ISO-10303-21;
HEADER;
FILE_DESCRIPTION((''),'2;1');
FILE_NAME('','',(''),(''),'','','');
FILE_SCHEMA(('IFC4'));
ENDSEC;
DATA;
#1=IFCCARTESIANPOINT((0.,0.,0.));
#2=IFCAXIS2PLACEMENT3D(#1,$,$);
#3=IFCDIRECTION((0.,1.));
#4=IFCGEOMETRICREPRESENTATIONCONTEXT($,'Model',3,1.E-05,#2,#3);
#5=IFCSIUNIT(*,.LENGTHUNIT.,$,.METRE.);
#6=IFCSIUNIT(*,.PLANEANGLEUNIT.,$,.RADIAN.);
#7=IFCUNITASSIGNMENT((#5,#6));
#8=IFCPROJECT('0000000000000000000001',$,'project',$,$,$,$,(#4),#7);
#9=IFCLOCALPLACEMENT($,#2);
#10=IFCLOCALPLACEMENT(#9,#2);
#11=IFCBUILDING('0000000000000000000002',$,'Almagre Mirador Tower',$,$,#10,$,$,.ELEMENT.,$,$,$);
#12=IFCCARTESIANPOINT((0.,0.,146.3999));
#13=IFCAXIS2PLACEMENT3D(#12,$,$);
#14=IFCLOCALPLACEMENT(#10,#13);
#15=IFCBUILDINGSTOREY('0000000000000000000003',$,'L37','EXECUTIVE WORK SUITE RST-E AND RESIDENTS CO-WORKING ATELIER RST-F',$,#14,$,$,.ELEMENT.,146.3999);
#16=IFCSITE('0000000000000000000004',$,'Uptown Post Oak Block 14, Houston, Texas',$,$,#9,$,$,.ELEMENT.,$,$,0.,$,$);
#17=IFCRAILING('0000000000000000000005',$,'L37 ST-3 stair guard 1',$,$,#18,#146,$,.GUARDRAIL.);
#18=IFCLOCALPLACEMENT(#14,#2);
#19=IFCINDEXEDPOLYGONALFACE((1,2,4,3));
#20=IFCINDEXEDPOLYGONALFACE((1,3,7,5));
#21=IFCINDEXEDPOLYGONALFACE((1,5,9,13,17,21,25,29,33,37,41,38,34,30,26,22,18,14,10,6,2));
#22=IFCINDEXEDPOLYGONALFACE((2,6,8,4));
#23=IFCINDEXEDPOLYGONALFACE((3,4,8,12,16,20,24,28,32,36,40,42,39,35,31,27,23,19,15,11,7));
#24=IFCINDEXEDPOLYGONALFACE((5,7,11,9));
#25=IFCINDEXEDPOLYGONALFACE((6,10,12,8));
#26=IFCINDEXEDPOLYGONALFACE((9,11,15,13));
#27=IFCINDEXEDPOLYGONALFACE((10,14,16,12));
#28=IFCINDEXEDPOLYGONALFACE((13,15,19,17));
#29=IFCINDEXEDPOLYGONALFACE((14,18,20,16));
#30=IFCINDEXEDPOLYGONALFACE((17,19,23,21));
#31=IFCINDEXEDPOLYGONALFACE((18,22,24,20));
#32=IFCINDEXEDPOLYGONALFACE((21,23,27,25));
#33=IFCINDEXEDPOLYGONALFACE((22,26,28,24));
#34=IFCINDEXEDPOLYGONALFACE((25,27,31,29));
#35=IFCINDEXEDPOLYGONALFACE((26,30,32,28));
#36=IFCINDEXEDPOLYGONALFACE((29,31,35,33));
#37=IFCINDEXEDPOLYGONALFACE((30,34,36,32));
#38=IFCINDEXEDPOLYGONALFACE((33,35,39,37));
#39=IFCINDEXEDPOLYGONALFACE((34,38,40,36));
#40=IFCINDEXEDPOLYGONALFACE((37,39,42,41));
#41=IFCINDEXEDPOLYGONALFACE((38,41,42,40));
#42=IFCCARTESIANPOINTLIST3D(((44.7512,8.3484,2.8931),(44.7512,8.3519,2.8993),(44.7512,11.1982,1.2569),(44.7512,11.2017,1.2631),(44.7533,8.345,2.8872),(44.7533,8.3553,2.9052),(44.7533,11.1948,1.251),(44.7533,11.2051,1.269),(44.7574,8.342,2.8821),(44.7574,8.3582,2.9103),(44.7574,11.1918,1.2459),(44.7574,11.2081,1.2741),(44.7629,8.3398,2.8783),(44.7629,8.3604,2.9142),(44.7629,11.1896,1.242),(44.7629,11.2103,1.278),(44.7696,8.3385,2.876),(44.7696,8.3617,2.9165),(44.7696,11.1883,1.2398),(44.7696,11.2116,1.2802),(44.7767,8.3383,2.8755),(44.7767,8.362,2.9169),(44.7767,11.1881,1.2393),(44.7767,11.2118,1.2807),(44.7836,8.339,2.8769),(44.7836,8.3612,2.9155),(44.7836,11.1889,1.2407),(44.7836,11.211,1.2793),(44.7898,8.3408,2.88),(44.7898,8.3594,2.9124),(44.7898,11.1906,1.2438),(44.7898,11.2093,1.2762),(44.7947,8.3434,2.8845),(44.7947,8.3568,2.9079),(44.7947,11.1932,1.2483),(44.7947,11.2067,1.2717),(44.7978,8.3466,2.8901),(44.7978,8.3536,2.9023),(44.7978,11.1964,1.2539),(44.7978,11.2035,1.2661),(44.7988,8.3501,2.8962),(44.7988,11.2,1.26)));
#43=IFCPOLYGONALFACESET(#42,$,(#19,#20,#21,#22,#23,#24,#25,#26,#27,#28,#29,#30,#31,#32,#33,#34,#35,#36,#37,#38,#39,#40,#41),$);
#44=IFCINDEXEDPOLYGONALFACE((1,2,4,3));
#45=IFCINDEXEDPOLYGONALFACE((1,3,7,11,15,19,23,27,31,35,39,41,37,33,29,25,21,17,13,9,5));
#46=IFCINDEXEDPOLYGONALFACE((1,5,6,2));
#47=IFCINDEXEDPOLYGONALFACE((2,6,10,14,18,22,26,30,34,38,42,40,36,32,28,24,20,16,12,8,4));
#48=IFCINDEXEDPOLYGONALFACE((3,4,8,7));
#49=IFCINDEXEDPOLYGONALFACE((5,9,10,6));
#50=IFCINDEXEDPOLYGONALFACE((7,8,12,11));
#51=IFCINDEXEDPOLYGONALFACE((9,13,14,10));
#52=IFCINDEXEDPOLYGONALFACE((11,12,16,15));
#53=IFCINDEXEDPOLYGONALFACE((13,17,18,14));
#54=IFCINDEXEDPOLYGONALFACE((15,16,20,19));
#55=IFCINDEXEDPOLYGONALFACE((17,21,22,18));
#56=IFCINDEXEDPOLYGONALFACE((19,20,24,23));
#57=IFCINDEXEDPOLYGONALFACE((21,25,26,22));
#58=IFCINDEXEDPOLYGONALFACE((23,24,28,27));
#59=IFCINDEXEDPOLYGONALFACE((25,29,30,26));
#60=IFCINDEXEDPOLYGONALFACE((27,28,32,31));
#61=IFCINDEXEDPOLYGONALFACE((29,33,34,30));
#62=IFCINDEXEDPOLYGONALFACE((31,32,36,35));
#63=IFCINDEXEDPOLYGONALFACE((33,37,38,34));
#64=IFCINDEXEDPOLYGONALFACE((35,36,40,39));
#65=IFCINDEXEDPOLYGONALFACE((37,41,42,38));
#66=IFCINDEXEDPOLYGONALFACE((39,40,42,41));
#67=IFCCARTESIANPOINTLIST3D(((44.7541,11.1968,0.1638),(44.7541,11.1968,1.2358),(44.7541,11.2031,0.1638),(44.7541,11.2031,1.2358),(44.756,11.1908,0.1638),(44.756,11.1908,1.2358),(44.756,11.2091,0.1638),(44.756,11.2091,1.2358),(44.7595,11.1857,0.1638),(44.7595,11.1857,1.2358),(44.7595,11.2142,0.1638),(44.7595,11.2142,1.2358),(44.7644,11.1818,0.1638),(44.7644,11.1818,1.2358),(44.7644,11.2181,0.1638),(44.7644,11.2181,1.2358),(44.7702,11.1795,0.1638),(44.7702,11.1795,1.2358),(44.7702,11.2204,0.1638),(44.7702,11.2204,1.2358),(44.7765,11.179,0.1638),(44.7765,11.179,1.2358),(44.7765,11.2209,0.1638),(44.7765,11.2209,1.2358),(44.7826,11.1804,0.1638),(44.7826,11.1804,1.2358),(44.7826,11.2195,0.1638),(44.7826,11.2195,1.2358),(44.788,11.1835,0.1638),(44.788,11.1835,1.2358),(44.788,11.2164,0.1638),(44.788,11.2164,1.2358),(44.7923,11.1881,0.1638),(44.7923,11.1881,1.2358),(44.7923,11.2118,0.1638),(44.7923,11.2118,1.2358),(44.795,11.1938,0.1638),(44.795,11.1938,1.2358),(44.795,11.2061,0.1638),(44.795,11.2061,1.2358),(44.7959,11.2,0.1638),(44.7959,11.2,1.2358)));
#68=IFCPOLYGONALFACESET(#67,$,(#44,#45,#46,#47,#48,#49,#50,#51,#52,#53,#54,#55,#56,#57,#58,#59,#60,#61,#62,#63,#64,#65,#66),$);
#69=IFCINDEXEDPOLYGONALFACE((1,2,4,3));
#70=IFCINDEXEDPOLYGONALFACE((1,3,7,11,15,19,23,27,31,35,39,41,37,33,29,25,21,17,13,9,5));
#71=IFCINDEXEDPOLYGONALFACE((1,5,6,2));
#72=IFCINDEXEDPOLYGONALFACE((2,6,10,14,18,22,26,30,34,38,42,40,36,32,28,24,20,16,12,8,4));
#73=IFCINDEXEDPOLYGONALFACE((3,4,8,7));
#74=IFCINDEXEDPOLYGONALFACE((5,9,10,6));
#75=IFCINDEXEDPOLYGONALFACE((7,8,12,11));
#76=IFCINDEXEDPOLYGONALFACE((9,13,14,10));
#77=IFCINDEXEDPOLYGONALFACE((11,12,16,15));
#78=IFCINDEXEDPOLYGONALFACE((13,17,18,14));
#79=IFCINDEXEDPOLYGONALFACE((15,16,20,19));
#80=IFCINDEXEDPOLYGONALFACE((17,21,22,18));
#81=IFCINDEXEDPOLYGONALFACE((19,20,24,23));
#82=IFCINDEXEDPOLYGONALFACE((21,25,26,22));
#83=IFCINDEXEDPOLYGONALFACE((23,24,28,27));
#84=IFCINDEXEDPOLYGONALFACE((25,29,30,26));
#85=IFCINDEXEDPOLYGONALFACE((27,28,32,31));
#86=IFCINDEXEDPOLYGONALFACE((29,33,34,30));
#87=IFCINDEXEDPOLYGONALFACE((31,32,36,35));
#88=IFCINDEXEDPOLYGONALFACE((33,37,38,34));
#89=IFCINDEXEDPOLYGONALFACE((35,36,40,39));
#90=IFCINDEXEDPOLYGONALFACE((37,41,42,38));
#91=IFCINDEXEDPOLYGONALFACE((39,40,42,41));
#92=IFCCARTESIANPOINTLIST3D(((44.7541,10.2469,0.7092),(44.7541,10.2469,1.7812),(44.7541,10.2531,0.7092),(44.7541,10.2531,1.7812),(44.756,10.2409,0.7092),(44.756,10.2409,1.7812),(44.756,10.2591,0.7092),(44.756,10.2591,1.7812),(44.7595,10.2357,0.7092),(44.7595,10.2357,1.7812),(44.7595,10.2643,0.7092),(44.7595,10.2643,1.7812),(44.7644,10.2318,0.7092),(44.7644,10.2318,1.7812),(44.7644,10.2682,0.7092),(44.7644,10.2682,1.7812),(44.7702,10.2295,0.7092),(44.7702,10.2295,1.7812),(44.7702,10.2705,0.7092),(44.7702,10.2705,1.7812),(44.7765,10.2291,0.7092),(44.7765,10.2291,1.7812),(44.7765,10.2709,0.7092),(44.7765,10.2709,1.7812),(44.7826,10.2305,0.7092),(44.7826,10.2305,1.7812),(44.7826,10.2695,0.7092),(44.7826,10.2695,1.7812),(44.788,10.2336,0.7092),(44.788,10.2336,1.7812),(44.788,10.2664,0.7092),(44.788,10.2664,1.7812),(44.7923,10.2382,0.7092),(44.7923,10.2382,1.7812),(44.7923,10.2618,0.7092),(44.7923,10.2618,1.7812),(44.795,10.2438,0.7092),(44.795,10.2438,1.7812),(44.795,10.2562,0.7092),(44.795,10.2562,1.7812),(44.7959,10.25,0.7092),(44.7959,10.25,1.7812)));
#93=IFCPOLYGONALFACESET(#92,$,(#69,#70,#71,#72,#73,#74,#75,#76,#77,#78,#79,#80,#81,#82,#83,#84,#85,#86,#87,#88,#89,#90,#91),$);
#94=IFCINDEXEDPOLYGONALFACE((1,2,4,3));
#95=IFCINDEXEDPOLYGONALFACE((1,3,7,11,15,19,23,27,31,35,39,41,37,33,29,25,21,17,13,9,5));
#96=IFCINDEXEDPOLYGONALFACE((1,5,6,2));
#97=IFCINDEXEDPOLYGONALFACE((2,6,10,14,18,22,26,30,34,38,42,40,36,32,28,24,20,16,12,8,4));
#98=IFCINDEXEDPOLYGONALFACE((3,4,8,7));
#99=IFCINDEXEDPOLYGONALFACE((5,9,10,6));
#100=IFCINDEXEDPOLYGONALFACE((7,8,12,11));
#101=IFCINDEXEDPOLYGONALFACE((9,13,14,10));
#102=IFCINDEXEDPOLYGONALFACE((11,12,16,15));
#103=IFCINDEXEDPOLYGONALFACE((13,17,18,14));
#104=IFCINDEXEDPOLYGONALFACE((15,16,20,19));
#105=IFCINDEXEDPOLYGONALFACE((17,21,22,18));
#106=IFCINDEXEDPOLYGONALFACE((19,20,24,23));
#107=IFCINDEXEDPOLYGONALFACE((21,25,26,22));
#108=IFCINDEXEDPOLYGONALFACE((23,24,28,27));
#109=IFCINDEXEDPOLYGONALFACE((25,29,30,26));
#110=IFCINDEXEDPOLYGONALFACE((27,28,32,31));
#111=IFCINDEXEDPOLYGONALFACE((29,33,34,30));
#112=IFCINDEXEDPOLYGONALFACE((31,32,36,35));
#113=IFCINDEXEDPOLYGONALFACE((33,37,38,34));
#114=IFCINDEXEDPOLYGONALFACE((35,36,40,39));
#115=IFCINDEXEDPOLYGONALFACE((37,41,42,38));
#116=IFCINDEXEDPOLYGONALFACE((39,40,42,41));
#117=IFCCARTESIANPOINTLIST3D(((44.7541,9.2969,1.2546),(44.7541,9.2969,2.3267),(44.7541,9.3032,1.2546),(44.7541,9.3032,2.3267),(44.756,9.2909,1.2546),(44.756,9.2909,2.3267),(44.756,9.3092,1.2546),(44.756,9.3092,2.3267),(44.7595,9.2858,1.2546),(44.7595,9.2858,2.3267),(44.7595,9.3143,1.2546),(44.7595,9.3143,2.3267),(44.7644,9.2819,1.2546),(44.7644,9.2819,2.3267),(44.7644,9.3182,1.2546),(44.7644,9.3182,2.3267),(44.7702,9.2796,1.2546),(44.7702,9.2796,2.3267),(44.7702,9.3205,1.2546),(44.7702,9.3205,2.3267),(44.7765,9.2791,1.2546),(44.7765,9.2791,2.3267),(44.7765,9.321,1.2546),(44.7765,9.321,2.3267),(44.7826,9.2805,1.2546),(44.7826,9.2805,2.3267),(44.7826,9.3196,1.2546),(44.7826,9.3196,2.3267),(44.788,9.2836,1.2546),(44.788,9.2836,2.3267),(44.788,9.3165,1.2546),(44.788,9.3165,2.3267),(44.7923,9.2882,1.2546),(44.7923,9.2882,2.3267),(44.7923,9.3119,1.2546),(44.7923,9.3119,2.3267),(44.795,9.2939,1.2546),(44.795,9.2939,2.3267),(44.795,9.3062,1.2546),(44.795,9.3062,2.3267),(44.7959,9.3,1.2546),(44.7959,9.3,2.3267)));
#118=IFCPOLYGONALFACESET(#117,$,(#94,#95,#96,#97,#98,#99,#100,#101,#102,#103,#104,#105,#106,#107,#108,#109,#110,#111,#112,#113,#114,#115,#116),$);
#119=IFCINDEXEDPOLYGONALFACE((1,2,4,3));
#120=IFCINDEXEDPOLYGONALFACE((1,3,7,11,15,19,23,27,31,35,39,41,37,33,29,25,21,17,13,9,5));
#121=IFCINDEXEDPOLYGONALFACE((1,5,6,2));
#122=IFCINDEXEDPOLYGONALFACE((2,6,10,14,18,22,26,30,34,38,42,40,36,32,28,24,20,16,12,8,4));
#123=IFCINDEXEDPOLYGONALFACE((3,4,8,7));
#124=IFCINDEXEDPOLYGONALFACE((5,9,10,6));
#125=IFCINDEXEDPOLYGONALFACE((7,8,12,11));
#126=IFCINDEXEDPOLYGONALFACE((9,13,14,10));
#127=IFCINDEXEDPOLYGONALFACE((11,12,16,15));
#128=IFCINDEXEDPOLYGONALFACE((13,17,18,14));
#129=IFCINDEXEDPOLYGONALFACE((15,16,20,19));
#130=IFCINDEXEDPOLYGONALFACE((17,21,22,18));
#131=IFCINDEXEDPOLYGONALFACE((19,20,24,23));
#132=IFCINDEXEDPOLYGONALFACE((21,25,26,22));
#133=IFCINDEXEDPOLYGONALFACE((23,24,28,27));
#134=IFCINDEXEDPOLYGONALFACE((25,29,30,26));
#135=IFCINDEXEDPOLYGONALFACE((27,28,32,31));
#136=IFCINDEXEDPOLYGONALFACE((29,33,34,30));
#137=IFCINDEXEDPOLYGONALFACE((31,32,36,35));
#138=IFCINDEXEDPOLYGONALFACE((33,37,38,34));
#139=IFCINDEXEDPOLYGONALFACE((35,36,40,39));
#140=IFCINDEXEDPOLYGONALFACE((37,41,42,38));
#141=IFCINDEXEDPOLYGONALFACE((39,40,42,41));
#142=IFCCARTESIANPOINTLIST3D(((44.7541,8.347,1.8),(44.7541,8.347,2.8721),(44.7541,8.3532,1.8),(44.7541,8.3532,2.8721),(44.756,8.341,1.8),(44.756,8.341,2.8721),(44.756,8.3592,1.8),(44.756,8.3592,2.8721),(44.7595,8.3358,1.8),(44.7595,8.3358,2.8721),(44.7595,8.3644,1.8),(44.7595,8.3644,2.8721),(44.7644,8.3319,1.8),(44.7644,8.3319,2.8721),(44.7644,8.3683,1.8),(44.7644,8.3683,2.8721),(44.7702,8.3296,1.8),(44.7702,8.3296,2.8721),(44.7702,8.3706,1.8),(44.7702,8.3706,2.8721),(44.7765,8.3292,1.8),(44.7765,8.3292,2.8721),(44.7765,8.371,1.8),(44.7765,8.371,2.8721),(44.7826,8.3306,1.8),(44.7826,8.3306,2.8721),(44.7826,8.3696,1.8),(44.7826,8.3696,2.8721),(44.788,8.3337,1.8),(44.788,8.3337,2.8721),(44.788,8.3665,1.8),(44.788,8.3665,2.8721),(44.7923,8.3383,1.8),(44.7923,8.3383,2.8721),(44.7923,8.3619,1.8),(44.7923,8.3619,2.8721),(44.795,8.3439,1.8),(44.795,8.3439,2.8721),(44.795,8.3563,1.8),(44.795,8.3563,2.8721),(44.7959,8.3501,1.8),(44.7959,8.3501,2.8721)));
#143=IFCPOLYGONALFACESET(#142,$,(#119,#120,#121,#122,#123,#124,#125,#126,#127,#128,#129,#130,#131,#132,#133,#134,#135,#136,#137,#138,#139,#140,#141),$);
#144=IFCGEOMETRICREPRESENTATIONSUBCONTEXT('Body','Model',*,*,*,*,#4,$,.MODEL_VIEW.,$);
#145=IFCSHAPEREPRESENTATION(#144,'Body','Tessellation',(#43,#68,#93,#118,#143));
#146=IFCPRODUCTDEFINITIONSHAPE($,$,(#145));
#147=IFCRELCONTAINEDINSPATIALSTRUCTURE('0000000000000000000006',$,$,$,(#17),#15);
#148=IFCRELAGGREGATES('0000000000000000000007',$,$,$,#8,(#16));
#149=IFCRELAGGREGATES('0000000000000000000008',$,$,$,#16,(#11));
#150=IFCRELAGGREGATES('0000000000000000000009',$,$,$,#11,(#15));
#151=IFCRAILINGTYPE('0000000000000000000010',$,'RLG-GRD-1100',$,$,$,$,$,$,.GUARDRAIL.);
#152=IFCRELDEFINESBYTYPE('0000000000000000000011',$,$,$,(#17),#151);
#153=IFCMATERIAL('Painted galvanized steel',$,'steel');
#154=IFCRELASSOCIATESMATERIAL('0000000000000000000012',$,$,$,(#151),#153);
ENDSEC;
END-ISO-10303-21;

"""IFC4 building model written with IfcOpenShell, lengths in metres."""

from ifc_helpers import new_model, si_unit, direction, frame, origin, origin_2d, place, context, subcontext, project, spatial, circle, extrude, material, type_object, element, save


model = new_model("IFC4")

# Units and contexts
model_context = context("Model", 3, precision=1e-05, world=origin(), true_north=direction((0.0, 1.0)))
body_context = subcontext(model_context, "Body", "Model", "MODEL_VIEW")
ifc_project = project(units=[si_unit("LENGTHUNIT", "METRE"), si_unit("PLANEANGLEUNIT", "RADIAN")], contexts=[model_context])

# Site, building, storey
site_placement = place(None, origin())
site = spatial("IfcSite", under=ifc_project, at=site_placement, Name="Uptown Post Oak Block 14, Houston, Texas", CompositionType="ELEMENT", RefElevation=0.0)
building_placement = place(site_placement, origin())
building = spatial("IfcBuilding", under=site, at=building_placement, Name="Almagre Mirador Tower", CompositionType="ELEMENT")
storey_placement = place(building_placement, frame((0.0, 0.0, 146.3999)))
storey = spatial("IfcBuildingStorey", under=building, at=storey_placement, Name="L37", Description="EXECUTIVE WORK SUITE RST-E AND RESIDENTS CO-WORKING ATELIER RST-F", CompositionType="ELEMENT", Elevation=146.3999)

# Railing
ifc_material_1 = material(Name="Painted galvanized steel", Category="steel")
railing_type_1 = type_object("IfcRailingType", Name="RLG-GRD-1100", PredefinedType="GUARDRAIL", material=ifc_material_1)
railing_1_placement = place(storey_placement, frame((44.7749, 11.2, 0.1638)))
element("IfcRailing", 1, at=railing_1_placement, inside=storey, type_object=railing_type_1, Name="L37 ST-3 stair guard 1", PredefinedType="GUARDRAIL", context=body_context, shape_type="SweptSolid", body=[
    extrude(circle(Radius=0.0239, at=origin_2d()), frame((0.0, 0.0, 1.0962), z_axis=(0.0, -0.867226, 0.497914), x_axis=(1.0, 0.0, 0.0)), (0.0, 0.0, 1.0), 3.2861),
    extrude(circle(Radius=0.021, at=origin_2d()), origin(), (0.0, 0.0, 1.0), 1.072),
    extrude(circle(Radius=0.021, at=origin_2d()), frame((0.0, -0.95, 0.5454)), (0.0, 0.0, 1.0), 1.072),
    extrude(circle(Radius=0.021, at=origin_2d()), frame((0.0, -1.8999, 1.0908)), (0.0, 0.0, 1.0), 1.072),
    extrude(circle(Radius=0.021, at=origin_2d()), frame((0.0, -2.8499, 1.6362)), (0.0, 0.0, 1.0), 1.072),
])

save(model, "model.ifc")
